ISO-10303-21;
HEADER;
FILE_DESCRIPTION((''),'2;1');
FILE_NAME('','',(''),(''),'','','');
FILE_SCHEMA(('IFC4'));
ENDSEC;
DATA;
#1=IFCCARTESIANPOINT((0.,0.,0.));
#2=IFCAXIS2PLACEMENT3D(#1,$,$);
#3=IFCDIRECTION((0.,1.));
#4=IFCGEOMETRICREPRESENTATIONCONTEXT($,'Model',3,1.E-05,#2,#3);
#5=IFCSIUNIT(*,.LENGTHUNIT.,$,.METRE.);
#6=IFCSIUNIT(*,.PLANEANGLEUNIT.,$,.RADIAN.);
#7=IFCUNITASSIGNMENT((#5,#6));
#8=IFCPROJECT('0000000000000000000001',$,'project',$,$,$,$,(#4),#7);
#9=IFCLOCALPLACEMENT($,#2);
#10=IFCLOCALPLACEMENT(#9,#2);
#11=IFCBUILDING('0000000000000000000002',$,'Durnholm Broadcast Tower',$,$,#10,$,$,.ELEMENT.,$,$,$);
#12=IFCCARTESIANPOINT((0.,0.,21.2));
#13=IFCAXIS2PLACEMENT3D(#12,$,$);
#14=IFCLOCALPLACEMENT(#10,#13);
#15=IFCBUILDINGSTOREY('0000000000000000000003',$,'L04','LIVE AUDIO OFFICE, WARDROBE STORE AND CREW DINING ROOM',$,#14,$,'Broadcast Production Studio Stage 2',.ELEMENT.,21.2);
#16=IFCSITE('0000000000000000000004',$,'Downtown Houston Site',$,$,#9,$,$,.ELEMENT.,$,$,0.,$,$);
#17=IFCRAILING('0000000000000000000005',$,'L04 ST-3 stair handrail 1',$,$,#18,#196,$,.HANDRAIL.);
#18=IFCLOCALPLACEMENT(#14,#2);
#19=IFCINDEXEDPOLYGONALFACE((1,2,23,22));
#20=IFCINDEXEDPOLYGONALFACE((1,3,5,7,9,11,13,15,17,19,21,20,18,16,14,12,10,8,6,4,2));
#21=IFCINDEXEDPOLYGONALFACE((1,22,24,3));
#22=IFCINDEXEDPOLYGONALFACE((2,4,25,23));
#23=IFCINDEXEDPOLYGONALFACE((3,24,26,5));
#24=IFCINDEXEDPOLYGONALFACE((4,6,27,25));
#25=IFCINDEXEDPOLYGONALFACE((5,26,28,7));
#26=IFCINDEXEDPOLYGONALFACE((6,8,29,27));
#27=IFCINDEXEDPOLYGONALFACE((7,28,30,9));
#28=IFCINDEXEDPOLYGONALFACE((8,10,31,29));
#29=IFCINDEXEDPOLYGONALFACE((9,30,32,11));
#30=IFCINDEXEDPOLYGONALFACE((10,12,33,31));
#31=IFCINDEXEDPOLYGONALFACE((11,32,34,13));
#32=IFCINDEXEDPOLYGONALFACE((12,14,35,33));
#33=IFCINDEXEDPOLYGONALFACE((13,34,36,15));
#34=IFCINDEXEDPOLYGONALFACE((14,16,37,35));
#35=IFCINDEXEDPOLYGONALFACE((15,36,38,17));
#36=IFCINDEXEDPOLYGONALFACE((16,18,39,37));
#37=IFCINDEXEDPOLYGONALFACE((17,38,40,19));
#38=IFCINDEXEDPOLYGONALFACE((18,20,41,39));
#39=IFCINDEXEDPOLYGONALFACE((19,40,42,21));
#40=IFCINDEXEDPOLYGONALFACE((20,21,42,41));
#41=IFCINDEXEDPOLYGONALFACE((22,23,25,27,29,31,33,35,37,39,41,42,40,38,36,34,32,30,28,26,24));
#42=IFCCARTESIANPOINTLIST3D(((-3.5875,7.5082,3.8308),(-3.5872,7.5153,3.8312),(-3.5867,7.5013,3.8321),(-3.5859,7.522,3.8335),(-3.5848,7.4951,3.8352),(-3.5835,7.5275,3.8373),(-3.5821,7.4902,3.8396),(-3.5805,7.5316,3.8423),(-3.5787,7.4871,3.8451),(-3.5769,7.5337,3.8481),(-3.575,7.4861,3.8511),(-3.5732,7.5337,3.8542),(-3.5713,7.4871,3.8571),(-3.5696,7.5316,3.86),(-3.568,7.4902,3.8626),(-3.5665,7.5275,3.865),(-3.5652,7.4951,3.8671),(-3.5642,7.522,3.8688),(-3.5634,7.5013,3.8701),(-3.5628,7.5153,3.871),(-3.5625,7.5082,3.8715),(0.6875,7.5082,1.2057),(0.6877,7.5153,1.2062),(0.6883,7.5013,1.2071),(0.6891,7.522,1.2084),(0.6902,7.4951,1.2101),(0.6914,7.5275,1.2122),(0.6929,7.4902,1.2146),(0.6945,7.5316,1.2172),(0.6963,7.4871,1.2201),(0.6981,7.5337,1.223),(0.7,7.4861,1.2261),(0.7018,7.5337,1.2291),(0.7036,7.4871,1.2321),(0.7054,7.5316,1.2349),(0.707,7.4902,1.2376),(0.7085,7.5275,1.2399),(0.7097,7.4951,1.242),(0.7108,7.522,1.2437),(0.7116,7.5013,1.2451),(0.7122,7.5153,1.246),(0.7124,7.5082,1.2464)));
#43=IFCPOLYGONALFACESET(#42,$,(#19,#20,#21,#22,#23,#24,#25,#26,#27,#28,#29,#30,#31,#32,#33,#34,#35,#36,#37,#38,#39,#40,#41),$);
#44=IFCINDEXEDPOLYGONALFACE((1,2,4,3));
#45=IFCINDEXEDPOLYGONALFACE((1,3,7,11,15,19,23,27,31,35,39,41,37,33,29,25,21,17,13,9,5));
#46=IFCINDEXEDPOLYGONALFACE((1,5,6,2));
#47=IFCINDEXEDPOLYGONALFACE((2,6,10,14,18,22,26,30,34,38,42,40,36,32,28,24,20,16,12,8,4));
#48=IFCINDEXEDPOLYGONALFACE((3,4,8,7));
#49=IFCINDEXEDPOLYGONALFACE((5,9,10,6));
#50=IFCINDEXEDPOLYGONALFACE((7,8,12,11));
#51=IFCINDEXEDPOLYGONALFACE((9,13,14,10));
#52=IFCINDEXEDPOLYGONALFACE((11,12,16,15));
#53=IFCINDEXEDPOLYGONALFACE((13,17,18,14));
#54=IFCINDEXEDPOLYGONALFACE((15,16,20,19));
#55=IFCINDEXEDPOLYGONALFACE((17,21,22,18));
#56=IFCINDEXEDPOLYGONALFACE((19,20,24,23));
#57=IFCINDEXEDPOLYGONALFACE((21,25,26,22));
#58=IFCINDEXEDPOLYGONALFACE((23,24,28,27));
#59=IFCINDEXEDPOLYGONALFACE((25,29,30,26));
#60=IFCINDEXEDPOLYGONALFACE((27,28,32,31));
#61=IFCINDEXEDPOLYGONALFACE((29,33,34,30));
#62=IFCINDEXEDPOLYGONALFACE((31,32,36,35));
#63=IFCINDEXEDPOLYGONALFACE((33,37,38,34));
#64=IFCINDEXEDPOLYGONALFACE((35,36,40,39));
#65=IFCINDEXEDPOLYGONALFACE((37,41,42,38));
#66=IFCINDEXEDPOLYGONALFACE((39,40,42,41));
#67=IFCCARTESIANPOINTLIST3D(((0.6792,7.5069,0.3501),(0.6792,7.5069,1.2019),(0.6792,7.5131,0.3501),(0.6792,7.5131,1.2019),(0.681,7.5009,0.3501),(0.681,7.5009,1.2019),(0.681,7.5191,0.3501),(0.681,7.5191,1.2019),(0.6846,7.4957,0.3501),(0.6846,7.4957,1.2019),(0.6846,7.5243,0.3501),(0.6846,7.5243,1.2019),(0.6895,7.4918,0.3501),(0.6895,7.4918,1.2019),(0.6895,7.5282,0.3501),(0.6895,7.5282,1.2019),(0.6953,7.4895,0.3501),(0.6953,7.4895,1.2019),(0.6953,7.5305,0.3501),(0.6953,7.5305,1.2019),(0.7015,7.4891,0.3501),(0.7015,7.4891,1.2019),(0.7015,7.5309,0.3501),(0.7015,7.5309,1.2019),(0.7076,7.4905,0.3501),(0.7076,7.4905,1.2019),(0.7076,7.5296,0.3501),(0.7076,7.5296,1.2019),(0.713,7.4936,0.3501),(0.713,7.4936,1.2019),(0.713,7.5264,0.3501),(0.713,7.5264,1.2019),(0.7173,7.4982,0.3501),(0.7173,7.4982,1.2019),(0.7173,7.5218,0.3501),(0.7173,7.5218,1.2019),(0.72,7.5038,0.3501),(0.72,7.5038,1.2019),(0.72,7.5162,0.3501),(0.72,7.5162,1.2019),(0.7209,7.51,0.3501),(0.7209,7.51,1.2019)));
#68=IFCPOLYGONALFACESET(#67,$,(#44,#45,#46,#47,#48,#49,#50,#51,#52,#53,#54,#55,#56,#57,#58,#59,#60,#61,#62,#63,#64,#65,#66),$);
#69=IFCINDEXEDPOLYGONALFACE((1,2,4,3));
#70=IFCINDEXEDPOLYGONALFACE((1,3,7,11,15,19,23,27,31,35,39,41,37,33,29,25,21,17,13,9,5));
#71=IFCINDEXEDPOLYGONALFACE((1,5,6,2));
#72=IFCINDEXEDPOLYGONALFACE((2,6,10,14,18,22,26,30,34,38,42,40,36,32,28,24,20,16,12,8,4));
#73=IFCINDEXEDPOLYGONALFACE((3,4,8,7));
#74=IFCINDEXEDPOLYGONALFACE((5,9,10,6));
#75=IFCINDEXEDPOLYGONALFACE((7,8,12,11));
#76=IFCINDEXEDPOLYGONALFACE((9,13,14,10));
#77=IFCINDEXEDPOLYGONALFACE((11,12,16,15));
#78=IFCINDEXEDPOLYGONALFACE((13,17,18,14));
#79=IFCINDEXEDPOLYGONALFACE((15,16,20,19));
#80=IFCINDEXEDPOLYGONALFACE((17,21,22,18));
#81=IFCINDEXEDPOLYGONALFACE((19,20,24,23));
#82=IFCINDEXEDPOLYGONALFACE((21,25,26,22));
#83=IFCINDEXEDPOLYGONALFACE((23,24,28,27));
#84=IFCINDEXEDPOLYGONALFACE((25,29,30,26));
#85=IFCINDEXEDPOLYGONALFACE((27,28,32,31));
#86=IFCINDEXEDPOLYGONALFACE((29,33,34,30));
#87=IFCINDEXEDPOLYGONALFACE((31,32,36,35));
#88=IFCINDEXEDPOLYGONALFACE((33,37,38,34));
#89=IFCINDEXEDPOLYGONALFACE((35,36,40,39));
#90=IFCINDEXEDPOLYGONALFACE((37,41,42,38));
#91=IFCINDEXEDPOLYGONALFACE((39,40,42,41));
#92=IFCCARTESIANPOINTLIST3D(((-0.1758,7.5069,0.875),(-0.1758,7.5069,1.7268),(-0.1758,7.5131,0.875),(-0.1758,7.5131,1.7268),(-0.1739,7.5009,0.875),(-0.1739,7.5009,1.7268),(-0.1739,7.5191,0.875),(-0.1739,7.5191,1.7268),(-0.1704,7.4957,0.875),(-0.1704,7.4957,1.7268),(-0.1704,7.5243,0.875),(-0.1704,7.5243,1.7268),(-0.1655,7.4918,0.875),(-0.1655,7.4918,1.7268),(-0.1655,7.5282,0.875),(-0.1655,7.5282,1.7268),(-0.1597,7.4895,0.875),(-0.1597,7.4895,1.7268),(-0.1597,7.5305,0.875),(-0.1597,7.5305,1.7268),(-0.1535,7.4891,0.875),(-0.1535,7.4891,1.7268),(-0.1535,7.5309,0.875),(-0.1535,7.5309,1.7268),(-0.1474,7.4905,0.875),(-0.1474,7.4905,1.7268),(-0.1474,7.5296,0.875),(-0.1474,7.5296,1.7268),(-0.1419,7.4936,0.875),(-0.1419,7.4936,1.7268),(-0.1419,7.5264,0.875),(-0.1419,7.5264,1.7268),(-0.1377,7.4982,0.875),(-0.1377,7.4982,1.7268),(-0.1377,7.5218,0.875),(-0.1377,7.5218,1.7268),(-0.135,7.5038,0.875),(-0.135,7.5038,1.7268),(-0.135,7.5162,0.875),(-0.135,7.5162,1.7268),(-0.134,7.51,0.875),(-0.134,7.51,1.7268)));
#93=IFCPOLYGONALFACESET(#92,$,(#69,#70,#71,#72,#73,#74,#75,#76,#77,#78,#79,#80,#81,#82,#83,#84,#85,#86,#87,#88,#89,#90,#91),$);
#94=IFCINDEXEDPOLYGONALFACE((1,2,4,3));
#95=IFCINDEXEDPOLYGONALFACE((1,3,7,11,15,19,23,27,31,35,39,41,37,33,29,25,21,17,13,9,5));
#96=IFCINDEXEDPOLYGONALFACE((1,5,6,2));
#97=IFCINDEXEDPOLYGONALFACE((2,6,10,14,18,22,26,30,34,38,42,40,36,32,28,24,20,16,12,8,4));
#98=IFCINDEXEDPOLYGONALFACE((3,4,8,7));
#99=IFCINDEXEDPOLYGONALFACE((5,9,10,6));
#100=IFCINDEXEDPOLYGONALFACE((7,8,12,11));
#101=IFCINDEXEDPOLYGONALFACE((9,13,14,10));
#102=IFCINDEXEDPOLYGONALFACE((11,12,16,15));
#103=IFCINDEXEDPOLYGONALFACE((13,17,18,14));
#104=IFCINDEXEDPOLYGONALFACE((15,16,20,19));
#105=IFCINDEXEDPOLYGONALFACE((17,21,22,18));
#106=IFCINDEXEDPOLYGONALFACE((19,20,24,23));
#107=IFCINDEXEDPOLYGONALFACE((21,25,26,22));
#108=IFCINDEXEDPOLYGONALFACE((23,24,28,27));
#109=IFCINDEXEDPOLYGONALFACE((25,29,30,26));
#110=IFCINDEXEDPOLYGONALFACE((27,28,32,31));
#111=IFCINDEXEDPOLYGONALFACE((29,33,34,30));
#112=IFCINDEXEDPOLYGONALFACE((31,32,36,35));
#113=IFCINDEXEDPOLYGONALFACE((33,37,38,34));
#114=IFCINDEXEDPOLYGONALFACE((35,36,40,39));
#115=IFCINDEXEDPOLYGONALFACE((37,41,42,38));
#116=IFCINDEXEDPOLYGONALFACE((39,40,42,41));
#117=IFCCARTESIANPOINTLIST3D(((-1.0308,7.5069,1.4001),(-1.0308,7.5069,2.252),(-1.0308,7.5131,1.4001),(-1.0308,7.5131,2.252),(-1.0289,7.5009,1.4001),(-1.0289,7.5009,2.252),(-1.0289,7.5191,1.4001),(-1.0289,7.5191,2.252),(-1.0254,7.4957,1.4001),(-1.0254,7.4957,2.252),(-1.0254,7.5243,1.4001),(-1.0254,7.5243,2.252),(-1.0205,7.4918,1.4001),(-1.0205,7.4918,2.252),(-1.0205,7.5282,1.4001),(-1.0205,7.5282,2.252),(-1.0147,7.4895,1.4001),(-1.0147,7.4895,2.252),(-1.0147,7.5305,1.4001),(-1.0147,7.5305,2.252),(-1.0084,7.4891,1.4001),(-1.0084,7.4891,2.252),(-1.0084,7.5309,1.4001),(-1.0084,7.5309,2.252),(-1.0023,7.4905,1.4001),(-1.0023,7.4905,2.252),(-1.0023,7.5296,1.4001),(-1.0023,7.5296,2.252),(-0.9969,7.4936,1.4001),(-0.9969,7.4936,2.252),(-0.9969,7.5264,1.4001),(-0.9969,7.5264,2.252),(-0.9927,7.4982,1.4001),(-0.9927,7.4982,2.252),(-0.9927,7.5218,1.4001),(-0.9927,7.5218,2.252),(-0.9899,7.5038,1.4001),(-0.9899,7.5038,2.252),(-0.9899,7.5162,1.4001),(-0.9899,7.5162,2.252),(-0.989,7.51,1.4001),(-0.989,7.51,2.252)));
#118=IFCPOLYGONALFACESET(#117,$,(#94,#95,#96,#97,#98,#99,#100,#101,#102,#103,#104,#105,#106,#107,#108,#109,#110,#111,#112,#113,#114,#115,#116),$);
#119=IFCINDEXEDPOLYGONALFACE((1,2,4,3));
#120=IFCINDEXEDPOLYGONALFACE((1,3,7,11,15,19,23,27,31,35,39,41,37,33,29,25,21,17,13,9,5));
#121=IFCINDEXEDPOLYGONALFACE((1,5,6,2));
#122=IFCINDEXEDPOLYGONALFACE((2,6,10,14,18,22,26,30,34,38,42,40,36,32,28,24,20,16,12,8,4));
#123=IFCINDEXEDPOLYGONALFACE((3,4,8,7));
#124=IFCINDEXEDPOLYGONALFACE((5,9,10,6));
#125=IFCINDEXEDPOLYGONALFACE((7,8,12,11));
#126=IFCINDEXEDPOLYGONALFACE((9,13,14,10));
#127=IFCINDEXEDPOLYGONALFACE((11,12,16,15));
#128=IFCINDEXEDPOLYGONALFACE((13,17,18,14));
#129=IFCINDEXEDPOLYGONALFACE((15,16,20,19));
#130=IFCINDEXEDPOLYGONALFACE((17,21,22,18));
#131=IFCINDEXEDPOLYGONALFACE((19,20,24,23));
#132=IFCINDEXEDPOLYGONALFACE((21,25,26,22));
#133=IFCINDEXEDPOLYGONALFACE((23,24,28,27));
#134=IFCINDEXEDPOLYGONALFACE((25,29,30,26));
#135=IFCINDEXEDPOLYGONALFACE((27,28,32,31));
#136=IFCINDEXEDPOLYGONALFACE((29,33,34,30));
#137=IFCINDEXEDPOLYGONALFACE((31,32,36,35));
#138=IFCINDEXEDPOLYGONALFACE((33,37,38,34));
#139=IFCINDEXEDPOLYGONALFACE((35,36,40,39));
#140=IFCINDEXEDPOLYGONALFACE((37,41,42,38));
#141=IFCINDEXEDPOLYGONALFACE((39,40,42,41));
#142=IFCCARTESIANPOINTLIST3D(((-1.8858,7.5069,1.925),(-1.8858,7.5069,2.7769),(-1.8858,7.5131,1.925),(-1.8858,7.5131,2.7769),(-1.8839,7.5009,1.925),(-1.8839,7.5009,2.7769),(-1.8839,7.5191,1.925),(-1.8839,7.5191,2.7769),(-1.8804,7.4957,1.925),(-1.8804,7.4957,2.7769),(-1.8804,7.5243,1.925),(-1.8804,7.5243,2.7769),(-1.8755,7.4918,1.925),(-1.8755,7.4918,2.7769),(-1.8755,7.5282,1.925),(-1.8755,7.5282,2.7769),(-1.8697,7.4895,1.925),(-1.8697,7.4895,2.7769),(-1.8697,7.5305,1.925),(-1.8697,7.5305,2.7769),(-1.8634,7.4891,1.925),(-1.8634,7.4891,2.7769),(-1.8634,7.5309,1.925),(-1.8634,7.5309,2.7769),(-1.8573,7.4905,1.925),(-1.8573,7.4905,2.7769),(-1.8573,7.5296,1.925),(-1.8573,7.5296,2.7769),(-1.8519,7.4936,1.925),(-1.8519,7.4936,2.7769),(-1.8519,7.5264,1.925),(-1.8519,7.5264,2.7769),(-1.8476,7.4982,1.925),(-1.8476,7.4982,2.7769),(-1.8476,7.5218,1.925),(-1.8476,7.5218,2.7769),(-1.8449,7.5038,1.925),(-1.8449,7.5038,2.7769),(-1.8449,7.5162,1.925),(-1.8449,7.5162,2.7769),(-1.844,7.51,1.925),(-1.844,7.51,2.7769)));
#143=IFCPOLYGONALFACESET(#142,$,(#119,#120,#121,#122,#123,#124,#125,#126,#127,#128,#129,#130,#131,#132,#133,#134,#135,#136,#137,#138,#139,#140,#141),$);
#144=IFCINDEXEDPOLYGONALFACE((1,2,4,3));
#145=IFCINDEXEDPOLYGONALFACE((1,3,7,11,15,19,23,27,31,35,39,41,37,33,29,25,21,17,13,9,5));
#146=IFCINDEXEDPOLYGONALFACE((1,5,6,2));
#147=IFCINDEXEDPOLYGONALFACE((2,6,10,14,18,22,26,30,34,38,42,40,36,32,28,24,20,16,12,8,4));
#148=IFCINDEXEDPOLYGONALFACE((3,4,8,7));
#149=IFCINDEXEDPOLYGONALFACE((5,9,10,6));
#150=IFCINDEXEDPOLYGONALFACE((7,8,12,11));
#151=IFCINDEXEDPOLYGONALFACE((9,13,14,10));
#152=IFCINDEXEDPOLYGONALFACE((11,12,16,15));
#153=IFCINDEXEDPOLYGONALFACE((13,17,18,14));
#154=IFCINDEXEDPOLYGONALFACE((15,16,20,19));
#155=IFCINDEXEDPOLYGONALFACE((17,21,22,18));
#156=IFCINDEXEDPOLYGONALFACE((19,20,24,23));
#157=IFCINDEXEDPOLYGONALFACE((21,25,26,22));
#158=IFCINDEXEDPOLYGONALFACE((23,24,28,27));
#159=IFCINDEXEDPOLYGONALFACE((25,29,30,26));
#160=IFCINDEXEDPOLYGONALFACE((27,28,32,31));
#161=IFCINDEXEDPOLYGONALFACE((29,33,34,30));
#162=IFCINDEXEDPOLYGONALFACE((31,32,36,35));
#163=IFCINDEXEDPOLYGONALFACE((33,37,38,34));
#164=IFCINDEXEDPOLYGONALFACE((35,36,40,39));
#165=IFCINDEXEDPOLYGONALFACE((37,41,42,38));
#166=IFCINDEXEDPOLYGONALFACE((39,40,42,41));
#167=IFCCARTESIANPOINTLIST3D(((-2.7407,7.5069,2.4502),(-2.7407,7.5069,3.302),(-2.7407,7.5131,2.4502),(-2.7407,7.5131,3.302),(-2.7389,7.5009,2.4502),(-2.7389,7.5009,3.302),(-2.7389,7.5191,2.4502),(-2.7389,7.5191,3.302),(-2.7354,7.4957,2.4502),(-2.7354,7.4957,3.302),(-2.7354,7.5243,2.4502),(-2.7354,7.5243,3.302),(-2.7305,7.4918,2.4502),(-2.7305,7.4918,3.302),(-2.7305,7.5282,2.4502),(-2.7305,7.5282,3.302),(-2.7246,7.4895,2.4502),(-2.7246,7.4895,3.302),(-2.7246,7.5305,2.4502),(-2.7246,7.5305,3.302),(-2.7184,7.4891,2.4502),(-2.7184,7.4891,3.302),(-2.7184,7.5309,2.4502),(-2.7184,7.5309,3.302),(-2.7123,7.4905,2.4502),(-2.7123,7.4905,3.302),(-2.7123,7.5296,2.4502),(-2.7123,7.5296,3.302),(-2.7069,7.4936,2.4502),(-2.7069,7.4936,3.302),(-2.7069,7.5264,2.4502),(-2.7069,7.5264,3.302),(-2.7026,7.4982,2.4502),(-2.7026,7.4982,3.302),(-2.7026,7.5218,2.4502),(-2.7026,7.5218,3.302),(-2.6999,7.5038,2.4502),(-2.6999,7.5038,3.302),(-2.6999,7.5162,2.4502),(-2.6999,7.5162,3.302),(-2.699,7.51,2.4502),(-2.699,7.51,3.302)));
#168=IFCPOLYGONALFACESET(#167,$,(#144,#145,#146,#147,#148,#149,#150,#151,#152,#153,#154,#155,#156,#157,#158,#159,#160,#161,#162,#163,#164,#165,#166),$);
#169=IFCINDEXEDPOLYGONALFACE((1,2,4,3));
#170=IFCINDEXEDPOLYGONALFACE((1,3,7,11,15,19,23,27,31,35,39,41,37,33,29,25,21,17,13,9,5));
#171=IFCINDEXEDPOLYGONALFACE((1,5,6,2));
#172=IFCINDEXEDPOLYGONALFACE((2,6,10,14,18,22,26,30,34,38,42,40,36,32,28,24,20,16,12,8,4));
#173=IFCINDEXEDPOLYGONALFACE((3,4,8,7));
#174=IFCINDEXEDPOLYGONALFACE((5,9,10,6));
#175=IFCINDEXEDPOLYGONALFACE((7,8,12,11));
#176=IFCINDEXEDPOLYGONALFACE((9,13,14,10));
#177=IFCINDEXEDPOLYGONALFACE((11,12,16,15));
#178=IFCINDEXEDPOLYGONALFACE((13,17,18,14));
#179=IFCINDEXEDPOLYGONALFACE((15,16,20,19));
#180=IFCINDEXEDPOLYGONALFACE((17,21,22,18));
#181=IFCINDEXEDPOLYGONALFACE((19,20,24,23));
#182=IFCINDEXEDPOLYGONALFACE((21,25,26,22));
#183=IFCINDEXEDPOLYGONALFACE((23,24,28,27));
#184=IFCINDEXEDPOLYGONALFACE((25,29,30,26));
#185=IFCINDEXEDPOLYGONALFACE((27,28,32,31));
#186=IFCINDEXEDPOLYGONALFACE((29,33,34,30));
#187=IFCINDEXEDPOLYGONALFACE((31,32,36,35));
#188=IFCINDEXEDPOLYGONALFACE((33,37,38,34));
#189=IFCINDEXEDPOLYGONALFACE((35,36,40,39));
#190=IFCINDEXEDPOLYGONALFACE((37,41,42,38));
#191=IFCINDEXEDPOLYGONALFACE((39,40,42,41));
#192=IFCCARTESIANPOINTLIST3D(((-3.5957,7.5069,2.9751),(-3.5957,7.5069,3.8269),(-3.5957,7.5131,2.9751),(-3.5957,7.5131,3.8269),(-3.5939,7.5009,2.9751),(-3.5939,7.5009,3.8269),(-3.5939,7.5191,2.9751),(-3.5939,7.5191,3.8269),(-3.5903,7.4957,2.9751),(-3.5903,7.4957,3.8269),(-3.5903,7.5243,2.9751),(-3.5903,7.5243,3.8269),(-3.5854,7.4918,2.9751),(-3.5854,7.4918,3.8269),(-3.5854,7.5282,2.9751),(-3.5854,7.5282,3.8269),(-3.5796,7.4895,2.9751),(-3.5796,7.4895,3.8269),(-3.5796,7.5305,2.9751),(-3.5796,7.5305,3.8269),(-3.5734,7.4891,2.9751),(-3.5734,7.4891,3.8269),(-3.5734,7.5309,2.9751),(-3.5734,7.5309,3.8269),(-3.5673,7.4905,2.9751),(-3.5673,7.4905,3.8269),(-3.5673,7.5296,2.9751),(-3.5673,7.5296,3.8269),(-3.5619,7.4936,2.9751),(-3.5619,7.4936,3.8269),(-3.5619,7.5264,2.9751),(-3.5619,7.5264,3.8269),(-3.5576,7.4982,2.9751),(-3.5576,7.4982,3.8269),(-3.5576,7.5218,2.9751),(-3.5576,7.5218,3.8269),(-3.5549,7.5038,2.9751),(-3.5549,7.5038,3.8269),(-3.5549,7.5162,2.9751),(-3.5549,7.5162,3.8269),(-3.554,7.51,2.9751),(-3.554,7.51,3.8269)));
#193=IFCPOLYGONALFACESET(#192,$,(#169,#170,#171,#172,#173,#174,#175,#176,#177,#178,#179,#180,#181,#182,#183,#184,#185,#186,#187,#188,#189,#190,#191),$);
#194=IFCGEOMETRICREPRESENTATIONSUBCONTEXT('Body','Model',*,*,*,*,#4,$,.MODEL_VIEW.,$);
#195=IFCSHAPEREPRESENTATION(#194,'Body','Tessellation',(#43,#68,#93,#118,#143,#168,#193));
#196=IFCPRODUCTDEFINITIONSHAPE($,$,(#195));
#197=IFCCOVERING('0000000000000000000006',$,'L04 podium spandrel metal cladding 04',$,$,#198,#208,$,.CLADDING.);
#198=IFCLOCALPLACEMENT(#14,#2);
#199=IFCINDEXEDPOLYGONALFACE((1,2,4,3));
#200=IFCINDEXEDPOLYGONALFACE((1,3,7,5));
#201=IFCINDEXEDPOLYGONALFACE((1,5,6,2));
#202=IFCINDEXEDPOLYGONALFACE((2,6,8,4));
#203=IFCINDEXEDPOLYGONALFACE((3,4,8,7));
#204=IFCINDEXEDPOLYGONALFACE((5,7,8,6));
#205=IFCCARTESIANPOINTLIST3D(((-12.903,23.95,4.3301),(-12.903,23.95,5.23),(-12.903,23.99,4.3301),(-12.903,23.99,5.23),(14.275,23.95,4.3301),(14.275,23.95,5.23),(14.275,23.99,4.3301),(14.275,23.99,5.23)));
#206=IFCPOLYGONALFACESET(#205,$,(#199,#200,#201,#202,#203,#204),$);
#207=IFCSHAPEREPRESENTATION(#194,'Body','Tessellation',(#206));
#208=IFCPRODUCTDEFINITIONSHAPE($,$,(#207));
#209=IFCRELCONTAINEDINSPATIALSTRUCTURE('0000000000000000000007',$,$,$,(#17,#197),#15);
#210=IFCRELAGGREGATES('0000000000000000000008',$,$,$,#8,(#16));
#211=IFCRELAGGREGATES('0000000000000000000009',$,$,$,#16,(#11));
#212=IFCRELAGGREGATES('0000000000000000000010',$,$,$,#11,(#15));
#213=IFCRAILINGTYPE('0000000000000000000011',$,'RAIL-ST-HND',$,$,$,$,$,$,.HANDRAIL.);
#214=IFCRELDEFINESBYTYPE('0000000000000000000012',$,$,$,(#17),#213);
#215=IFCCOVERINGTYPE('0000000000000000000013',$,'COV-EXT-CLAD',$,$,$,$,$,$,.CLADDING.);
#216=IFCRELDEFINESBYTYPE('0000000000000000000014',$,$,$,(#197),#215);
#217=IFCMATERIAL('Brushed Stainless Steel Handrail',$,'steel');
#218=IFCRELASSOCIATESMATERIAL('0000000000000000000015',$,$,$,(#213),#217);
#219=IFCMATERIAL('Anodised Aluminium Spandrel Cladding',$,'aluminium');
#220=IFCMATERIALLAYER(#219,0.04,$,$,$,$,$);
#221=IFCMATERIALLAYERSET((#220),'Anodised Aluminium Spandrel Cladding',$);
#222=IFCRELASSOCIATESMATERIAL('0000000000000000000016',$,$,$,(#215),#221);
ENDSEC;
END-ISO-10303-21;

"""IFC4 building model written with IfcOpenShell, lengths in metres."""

from ifc_helpers import new_model, si_unit, direction, frame, origin, origin_2d, place, context, subcontext, project, spatial, rectangle, circle, extrude, source, transform, mapped, material, layer, layer_set, type_object, type_shapes, element, save


model = new_model("IFC4")

# Units and contexts
model_context = context("Model", 3, precision=1e-05, world=origin(), true_north=direction((0.0, 1.0)))
body_context = subcontext(model_context, "Body", "Model", "MODEL_VIEW")
ifc_project = project(units=[si_unit("LENGTHUNIT", "METRE"), si_unit("PLANEANGLEUNIT", "RADIAN")], contexts=[model_context])

# Site, building, storey
site_placement = place(None, origin())
site = spatial("IfcSite", under=ifc_project, at=site_placement, Name="Downtown Houston Site", CompositionType="ELEMENT", RefElevation=0.0)
building_placement = place(site_placement, origin())
building = spatial("IfcBuilding", under=site, at=building_placement, Name="Durnholm Broadcast Tower", CompositionType="ELEMENT")
storey_placement = place(building_placement, frame((0.0, 0.0, 21.2)))
storey = spatial("IfcBuildingStorey", under=building, at=storey_placement, Name="L04", Description="LIVE AUDIO OFFICE, WARDROBE STORE AND CREW DINING ROOM", LongName="Broadcast Production Studio Stage 2", CompositionType="ELEMENT", Elevation=21.2)

# Railing
ifc_material_1 = material(Name="Brushed Stainless Steel Handrail", Category="steel")
railing_type_1 = type_object("IfcRailingType", Name="RAIL-ST-HND", PredefinedType="HANDRAIL", material=ifc_material_1)
railing_1_placement = place(storey_placement, frame((0.7, 7.51, 0.3501)))
element("IfcRailing", 1, at=railing_1_placement, inside=storey, type_object=railing_type_1, Name="L04 ST-3 stair handrail 1", PredefinedType="HANDRAIL", context=body_context, shape_type="SweptSolid", body=[
    extrude(circle(Radius=0.0239, at=origin_2d()), frame((0.0, 0.0, 0.876), z_axis=(-0.852166, 0.0, 0.523272), x_axis=(0.0, -1.0, 0.0)), (0.0, 0.0, 1.0), 5.0166),
    extrude(circle(Radius=0.021, at=origin_2d()), origin(), (0.0, 0.0, 1.0), 0.8518),
    extrude(circle(Radius=0.021, at=origin_2d()), frame((-0.855, 0.0, 0.5249)), (0.0, 0.0, 1.0), 0.8518),
    extrude(circle(Radius=0.021, at=origin_2d()), frame((-1.71, 0.0, 1.05)), (0.0, 0.0, 1.0), 0.8518),
    extrude(circle(Radius=0.021, at=origin_2d()), frame((-2.5649, 0.0, 1.575)), (0.0, 0.0, 1.0), 0.8518),
    extrude(circle(Radius=0.021, at=origin_2d()), frame((-3.4199, 0.0, 2.1001)), (0.0, 0.0, 1.0), 0.8518),
    extrude(circle(Radius=0.021, at=origin_2d()), frame((-4.2749, 0.0, 2.625)), (0.0, 0.0, 1.0), 0.8518),
])

# Covering
ifc_material_2 = material(Name="Anodised Aluminium Spandrel Cladding", Category="aluminium")
ifc_layer_1 = layer(ifc_material_2, 0.04)
ifc_layer_set_1 = layer_set([ifc_layer_1], Name="Anodised Aluminium Spandrel Cladding")
covering_type = type_object("IfcCoveringType", Name="COV-EXT-CLAD", PredefinedType="CLADDING", material=ifc_layer_set_1)
shared_shape_1 = source(origin(), body_context, "Body", "SweptSolid", [
    extrude(rectangle(XDim=27.178, YDim=0.04, at=origin_2d()), origin(), (0.0, 0.0, 1.0), 0.8999),
])
type_shapes(covering_type, [shared_shape_1])
covering_placement = place(storey_placement, frame((0.686, 23.97, 4.3301), z_axis=(0.0, 0.0, 1.0), x_axis=(1.0, 0.0, 0.0)))
element("IfcCovering", 2, at=covering_placement, inside=storey, type_object=covering_type, Name="L04 podium spandrel metal cladding 04", PredefinedType="CLADDING", context=body_context, shape_type="MappedRepresentation", body=[
    mapped(shared_shape_1, transform((0.0, 0.0, 0.0), x_axis=(1.0, 0.0, 0.0), y_axis=(0.0, 1.0, 0.0), z_axis=(0.0, 0.0, 1.0), scale=1.0)),
])

save(model, "model.ifc")
